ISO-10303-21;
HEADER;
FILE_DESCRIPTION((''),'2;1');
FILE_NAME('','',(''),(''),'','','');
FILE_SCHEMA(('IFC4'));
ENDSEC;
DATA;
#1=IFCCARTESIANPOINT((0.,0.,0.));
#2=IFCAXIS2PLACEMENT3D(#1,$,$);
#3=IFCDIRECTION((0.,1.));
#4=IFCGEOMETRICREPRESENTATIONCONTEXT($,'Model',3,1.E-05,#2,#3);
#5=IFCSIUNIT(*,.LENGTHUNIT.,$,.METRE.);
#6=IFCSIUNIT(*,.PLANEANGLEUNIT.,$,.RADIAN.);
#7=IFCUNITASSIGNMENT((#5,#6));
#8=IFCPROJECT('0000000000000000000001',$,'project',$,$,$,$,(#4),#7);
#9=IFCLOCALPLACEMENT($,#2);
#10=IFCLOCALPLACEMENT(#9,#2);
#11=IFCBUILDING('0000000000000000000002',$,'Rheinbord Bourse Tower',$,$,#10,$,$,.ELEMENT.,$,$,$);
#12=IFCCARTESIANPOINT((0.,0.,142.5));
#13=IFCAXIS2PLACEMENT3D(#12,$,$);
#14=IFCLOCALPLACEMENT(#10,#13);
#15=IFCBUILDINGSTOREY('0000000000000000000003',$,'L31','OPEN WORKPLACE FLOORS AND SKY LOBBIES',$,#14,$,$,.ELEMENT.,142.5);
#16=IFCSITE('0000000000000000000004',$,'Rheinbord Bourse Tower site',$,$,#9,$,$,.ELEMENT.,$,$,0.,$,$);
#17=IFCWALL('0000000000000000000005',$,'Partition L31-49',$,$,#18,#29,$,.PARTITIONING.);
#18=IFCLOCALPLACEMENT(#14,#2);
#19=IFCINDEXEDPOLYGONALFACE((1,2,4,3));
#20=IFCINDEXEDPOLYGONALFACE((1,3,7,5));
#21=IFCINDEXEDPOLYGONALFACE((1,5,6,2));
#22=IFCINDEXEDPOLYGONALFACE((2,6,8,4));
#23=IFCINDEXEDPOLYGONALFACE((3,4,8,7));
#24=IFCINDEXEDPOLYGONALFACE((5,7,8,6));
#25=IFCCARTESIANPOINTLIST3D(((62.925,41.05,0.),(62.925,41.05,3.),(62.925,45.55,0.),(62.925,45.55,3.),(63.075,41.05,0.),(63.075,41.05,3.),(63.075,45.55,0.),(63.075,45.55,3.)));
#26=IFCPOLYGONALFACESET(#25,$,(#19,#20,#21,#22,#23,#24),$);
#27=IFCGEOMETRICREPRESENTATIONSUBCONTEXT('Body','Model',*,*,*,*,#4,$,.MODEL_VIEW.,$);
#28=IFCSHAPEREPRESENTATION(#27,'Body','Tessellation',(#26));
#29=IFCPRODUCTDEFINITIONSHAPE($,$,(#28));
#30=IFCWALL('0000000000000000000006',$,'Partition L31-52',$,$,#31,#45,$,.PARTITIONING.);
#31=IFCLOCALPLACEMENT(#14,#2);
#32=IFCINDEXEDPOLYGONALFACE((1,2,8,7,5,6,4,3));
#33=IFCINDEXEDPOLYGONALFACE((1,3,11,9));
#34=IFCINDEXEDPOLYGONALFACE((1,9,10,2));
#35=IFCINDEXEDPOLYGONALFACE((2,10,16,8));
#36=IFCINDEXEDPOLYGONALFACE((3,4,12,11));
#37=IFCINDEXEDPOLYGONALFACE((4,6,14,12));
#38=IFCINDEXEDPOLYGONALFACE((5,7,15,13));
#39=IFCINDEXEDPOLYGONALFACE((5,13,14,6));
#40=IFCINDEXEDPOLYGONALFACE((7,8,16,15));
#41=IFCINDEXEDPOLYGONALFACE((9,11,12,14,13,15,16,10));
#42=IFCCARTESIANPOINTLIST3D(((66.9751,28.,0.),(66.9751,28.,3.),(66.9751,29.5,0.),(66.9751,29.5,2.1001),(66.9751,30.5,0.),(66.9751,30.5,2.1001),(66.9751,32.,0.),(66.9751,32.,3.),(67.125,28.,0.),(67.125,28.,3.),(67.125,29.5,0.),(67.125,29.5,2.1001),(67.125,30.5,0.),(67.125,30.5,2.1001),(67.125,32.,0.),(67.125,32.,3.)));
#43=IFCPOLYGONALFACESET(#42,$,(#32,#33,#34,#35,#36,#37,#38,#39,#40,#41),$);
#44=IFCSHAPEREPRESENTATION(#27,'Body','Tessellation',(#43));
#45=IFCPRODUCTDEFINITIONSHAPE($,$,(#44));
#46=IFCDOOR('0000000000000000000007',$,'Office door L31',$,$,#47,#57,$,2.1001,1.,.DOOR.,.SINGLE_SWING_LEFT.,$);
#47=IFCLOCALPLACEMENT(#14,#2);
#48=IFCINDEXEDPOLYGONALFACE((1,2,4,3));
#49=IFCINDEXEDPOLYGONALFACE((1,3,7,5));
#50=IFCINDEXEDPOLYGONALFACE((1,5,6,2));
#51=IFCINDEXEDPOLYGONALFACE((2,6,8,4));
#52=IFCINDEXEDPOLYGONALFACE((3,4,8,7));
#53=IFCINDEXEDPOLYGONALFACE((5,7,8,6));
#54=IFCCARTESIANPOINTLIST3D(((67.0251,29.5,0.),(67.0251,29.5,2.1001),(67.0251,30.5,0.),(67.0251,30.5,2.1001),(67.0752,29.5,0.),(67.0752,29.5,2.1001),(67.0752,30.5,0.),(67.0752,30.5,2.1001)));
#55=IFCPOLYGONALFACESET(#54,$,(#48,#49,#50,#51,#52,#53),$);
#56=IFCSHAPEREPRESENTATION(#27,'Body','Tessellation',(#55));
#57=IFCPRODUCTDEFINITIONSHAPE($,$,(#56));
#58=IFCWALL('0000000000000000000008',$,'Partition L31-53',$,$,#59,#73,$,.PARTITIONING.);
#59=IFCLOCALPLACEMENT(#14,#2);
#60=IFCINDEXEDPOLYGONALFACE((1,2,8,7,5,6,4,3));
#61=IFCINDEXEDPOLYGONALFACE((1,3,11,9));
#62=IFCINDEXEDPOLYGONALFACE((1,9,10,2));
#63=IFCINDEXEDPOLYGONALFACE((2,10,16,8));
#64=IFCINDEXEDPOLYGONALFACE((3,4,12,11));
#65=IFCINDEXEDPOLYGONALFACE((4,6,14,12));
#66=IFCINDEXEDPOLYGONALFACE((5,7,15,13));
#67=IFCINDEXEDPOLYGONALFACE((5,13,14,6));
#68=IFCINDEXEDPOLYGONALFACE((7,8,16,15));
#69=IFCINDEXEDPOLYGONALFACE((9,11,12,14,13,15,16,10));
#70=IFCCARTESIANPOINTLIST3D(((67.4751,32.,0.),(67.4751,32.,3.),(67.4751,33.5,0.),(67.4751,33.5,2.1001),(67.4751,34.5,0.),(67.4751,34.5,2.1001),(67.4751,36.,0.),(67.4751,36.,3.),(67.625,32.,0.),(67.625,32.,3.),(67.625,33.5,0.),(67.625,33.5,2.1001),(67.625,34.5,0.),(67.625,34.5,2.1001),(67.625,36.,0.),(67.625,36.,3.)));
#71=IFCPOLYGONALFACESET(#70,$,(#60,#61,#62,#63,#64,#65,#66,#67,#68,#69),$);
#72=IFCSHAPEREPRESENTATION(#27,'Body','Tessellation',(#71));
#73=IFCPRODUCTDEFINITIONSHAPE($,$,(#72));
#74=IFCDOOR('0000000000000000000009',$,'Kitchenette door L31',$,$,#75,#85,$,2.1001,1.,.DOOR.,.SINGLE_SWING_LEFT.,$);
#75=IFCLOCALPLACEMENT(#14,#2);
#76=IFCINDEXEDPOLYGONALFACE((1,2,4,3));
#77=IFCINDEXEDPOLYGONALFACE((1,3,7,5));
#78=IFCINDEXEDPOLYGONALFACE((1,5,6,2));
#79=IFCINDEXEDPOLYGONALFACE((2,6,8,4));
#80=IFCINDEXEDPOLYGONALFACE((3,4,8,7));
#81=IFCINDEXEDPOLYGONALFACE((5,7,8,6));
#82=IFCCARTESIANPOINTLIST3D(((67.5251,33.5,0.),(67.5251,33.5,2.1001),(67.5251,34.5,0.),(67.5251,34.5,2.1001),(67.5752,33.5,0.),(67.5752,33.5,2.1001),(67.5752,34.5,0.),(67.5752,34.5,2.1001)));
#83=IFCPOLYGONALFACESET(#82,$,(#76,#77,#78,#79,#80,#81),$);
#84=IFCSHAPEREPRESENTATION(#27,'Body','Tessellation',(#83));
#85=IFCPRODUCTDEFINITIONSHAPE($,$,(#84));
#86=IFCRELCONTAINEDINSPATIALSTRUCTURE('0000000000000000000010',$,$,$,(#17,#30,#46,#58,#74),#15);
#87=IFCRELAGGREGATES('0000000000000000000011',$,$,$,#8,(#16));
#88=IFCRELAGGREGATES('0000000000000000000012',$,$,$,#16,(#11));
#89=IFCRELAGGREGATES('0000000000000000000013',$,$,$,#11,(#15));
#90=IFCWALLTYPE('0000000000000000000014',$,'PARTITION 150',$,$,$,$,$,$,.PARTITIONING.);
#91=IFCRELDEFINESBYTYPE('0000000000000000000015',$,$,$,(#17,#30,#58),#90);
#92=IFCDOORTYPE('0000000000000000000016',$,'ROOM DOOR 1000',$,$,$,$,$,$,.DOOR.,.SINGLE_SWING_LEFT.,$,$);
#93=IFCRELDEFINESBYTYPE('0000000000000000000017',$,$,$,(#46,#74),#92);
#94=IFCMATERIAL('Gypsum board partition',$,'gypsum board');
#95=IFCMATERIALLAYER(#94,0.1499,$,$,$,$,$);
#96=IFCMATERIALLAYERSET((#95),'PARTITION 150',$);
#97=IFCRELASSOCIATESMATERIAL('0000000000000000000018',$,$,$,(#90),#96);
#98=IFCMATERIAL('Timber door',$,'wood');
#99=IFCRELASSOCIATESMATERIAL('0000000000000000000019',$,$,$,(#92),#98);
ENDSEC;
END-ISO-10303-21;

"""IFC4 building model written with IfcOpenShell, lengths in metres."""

from ifc_helpers import new_model, si_unit, direction, frame, frame_2d, origin, place, context, subcontext, project, spatial, rectangle, extrude, material, layer, layer_set, type_object, element, fill, save


model = new_model("IFC4")

# Units and contexts
model_context = context("Model", 3, precision=1e-05, world=origin(), true_north=direction((0.0, 1.0)))
body_context = subcontext(model_context, "Body", "Model", "MODEL_VIEW")
ifc_project = project(units=[si_unit("LENGTHUNIT", "METRE"), si_unit("PLANEANGLEUNIT", "RADIAN")], contexts=[model_context])

# Site, building, storey
site_placement = place(None, origin())
site = spatial("IfcSite", under=ifc_project, at=site_placement, Name="Rheinbord Bourse Tower site", CompositionType="ELEMENT", RefElevation=0.0)
building_placement = place(site_placement, origin())
building = spatial("IfcBuilding", under=site, at=building_placement, Name="Rheinbord Bourse Tower", CompositionType="ELEMENT")
storey_placement = place(building_placement, frame((0.0, 0.0, 142.5)))
storey = spatial("IfcBuildingStorey", under=building, at=storey_placement, Name="L31", Description="OPEN WORKPLACE FLOORS AND SKY LOBBIES", CompositionType="ELEMENT", Elevation=142.5)

# Shared definitions
ifc_material_1 = material(Name="Gypsum board partition", Category="gypsum board")
ifc_layer_1 = layer(ifc_material_1, 0.1499)
ifc_layer_set_1 = layer_set([ifc_layer_1], Name="PARTITION 150")
wall_type_1 = type_object("IfcWallType", Name="PARTITION 150", PredefinedType="PARTITIONING", material=ifc_layer_set_1)

# Shared definitions
ifc_material_2 = material(Name="Timber door", Category="wood")
door_type = type_object("IfcDoorType", Name="ROOM DOOR 1000", OperationType="SINGLE_SWING_LEFT", PredefinedType="DOOR", material=ifc_material_2)

# Wall
for number, where, z_axis, x_axis, name in (
    (1, (63.0, 41.05, 0.0), (0.0, 0.0, 1.0), (0.0, 1.0, 0.0), "Partition L31-49"),
):
    element("IfcWall", number, at=place(storey_placement, frame(where, z_axis=z_axis, x_axis=x_axis)), inside=storey, type_object=wall_type_1, Name=name, PredefinedType="PARTITIONING", context=body_context, shape_type="SweptSolid", body=[
        extrude(rectangle(XDim=4.5, YDim=0.1499, at=frame_2d((2.25, 0.0))), origin(), (0.0, 0.0, 1.0), 3.0),
    ])

# Walls, openings, doors
wall_1_placement = place(storey_placement, frame((67.05, 28.0, 0.0), z_axis=(0.0, 0.0, 1.0), x_axis=(0.0, 1.0, 0.0)))
wall_1 = element("IfcWall", 2, at=wall_1_placement, inside=storey, type_object=wall_type_1, Name="Partition L31-52", PredefinedType="PARTITIONING", context=body_context, shape_type="SweptSolid", body=[
    extrude(rectangle(XDim=4.0, YDim=0.1499, at=frame_2d((2.0, 0.0))), origin(), (0.0, 0.0, 1.0), 3.0),
])
opening_1_placement = place(wall_1_placement, frame((1.5, 0.0, 0.0)))
opening_1 = element("IfcOpeningElement", 3, at=opening_1_placement, cuts=wall_1, PredefinedType="OPENING", context=body_context, shape_type="SweptSolid", body=[
    extrude(rectangle(XDim=1.0, YDim=2.1001, at=frame_2d((0.5, 1.05))), frame((0.0, 0.085, 0.0), z_axis=(0.0, -1.0, 0.0), x_axis=(1.0, 0.0, 0.0)), (0.0, 0.0, 1.0), 0.1699),
])
door_1_placement = place(opening_1_placement, origin())
door_1 = element("IfcDoor", 4, at=door_1_placement, inside=storey, type_object=door_type, Name="Office door L31", OperationType="SINGLE_SWING_LEFT", OverallHeight=2.1001, OverallWidth=1.0, PredefinedType="DOOR", context=body_context, shape_type="SweptSolid", body=[
    extrude(rectangle(XDim=1.0, YDim=2.1001, at=frame_2d((0.5, 1.05))), frame((0.0, 0.0249, 0.0), z_axis=(0.0, -1.0, 0.0), x_axis=(1.0, 0.0, 0.0)), (0.0, 0.0, 1.0), 0.05),
])
fill(opening_1, door_1)
wall_2_placement = place(storey_placement, frame((67.55, 32.0, 0.0), z_axis=(0.0, 0.0, 1.0), x_axis=(0.0, 1.0, 0.0)))
wall_2 = element("IfcWall", 5, at=wall_2_placement, inside=storey, type_object=wall_type_1, Name="Partition L31-53", PredefinedType="PARTITIONING", context=body_context, shape_type="SweptSolid", body=[
    extrude(rectangle(XDim=4.0, YDim=0.1499, at=frame_2d((2.0, 0.0))), origin(), (0.0, 0.0, 1.0), 3.0),
])
opening_2_placement = place(wall_2_placement, frame((1.5, 0.0, 0.0)))
opening_2 = element("IfcOpeningElement", 6, at=opening_2_placement, cuts=wall_2, PredefinedType="OPENING", context=body_context, shape_type="SweptSolid", body=[
    extrude(rectangle(XDim=1.0, YDim=2.1001, at=frame_2d((0.5, 1.05))), frame((0.0, 0.085, 0.0), z_axis=(0.0, -1.0, 0.0), x_axis=(1.0, 0.0, 0.0)), (0.0, 0.0, 1.0), 0.1699),
])
door_2_placement = place(opening_2_placement, origin())
door_2 = element("IfcDoor", 7, at=door_2_placement, inside=storey, type_object=door_type, Name="Kitchenette door L31", OperationType="SINGLE_SWING_LEFT", OverallHeight=2.1001, OverallWidth=1.0, PredefinedType="DOOR", context=body_context, shape_type="SweptSolid", body=[
    extrude(rectangle(XDim=1.0, YDim=2.1001, at=frame_2d((0.5, 1.05))), frame((0.0, 0.0249, 0.0), z_axis=(0.0, -1.0, 0.0), x_axis=(1.0, 0.0, 0.0)), (0.0, 0.0, 1.0), 0.05),
])
fill(opening_2, door_2)

save(model, "model.ifc")
